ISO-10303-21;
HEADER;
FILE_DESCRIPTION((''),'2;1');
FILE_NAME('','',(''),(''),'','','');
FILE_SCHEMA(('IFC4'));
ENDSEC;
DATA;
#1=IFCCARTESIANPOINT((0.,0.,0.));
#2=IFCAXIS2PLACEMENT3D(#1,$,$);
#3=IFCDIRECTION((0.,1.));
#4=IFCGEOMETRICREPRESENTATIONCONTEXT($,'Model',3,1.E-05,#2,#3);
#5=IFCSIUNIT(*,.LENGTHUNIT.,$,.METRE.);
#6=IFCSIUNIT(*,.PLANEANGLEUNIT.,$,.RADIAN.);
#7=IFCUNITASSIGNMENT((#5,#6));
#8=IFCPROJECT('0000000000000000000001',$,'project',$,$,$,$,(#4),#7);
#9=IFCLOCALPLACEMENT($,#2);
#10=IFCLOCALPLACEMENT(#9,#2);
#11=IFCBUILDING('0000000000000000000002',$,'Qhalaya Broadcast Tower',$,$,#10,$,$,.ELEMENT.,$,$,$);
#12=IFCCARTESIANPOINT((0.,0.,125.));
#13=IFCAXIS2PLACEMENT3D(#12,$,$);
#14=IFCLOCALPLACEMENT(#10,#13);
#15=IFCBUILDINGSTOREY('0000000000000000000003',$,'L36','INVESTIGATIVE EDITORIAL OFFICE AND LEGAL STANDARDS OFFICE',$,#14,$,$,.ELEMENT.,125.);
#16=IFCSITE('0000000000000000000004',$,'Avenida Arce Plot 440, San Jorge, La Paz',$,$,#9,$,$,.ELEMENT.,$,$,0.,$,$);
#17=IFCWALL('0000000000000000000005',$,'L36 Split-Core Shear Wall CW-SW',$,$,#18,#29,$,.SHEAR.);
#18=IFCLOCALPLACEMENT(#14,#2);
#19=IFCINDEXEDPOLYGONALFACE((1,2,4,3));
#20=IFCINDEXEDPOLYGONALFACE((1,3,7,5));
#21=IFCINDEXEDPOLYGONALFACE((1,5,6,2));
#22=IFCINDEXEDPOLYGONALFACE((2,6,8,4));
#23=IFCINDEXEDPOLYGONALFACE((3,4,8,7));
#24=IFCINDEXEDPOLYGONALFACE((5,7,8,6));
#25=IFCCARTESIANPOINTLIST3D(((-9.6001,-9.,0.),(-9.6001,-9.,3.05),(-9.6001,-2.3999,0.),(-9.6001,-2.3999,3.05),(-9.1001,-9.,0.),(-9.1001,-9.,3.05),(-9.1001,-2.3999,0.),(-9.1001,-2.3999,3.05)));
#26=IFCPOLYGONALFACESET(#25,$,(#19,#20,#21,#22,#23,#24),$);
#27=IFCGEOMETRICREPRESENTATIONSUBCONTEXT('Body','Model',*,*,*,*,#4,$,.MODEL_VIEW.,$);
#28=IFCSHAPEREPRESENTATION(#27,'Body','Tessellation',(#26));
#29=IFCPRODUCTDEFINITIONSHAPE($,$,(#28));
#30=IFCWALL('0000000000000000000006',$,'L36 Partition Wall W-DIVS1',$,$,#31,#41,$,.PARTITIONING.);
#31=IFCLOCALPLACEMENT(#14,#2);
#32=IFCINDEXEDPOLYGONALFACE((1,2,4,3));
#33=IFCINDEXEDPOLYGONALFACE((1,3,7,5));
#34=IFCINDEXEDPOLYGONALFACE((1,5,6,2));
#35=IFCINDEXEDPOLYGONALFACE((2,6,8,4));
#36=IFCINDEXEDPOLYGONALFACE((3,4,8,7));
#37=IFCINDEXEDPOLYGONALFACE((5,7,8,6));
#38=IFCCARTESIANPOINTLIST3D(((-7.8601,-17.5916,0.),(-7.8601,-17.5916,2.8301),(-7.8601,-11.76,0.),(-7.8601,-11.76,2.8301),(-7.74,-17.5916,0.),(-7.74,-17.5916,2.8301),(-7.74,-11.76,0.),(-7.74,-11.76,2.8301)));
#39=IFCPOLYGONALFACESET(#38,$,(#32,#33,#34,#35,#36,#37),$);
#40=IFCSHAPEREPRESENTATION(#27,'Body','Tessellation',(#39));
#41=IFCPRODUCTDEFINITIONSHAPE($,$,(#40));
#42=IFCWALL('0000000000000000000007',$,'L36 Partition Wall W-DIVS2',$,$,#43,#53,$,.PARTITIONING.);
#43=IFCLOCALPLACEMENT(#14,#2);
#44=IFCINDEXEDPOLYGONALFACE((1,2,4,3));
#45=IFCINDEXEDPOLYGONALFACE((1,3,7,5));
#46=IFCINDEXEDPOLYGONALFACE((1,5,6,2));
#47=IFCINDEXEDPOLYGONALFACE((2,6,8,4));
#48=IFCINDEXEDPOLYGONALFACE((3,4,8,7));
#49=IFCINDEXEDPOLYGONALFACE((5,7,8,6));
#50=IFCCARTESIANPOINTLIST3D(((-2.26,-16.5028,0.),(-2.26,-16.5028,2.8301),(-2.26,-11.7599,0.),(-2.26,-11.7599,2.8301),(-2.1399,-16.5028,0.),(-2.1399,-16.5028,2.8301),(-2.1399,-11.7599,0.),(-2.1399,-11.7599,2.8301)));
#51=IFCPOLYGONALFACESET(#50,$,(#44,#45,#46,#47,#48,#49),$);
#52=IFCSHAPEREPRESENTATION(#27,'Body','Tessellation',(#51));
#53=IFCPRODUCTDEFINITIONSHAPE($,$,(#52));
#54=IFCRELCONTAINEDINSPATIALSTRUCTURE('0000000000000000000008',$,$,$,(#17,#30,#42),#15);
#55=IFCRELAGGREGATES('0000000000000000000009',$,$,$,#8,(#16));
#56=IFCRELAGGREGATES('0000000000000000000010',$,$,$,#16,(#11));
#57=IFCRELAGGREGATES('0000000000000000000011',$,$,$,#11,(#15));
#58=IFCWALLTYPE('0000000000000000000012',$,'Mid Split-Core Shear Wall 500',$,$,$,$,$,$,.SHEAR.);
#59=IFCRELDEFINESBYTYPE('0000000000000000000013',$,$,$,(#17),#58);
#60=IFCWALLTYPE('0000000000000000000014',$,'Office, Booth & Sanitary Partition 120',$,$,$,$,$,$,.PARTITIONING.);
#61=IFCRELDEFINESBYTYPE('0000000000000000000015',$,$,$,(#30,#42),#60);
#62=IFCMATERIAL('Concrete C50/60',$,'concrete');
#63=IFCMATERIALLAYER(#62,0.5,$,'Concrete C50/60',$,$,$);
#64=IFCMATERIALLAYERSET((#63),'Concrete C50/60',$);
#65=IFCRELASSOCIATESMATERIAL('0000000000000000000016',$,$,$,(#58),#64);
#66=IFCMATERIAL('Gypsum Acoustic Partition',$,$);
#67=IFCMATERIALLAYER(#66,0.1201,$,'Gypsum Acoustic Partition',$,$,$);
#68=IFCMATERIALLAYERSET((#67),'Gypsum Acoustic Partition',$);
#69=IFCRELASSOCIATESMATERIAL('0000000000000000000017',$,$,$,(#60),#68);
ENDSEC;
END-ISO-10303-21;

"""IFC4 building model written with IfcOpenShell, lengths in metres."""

from ifc_helpers import new_model, si_unit, direction, frame, frame_2d, origin, place, context, subcontext, project, spatial, rectangle, extrude, material, layer, layer_set, type_object, element, save


model = new_model("IFC4")

# Units and contexts
model_context = context("Model", 3, precision=1e-05, world=origin(), true_north=direction((0.0, 1.0)))
body_context = subcontext(model_context, "Body", "Model", "MODEL_VIEW")
ifc_project = project(units=[si_unit("LENGTHUNIT", "METRE"), si_unit("PLANEANGLEUNIT", "RADIAN")], contexts=[model_context])

# Site, building, storey
site_placement = place(None, origin())
site = spatial("IfcSite", under=ifc_project, at=site_placement, Name="Avenida Arce Plot 440, San Jorge, La Paz", CompositionType="ELEMENT", RefElevation=0.0)
building_placement = place(site_placement, origin())
building = spatial("IfcBuilding", under=site, at=building_placement, Name="Qhalaya Broadcast Tower", CompositionType="ELEMENT")
storey_placement = place(building_placement, frame((0.0, 0.0, 125.0)))
storey = spatial("IfcBuildingStorey", under=building, at=storey_placement, Name="L36", Description="INVESTIGATIVE EDITORIAL OFFICE AND LEGAL STANDARDS OFFICE", CompositionType="ELEMENT", Elevation=125.0)

# Shared definitions
ifc_material_1 = material(Name="Concrete C50/60", Category="concrete")

# Shared definitions
ifc_material_2 = material(Name="Gypsum Acoustic Partition")

# Walls
ifc_layer_1 = layer(ifc_material_1, 0.5, Name="Concrete C50/60")
ifc_layer_set_1 = layer_set([ifc_layer_1], Name="Concrete C50/60")
wall_type_1 = type_object("IfcWallType", Name="Mid Split-Core Shear Wall 500", PredefinedType="SHEAR", material=ifc_layer_set_1)
wall_1_placement = place(storey_placement, frame((-9.3501, -9.0, 0.0), z_axis=(0.0, 0.0, 1.0), x_axis=(0.0, 1.0, 0.0)))
element("IfcWall", 1, at=wall_1_placement, inside=storey, type_object=wall_type_1, Name="L36 Split-Core Shear Wall CW-SW", PredefinedType="SHEAR", context=body_context, shape_type="SweptSolid", body=[
    extrude(rectangle(XDim=6.6001, YDim=0.5, at=frame_2d((3.3, 0.0))), origin(), (0.0, 0.0, 1.0), 3.05),
])
ifc_layer_2 = layer(ifc_material_2, 0.1201, Name="Gypsum Acoustic Partition")
ifc_layer_set_2 = layer_set([ifc_layer_2], Name="Gypsum Acoustic Partition")
wall_type_2 = type_object("IfcWallType", Name="Office, Booth & Sanitary Partition 120", PredefinedType="PARTITIONING", material=ifc_layer_set_2)
wall_2_placement = place(storey_placement, frame((-7.8, -17.5916, 0.0), z_axis=(0.0, 0.0, 1.0), x_axis=(0.0, 1.0, 0.0)))
element("IfcWall", 2, at=wall_2_placement, inside=storey, type_object=wall_type_2, Name="L36 Partition Wall W-DIVS1", PredefinedType="PARTITIONING", context=body_context, shape_type="SweptSolid", body=[
    extrude(rectangle(XDim=5.8315, YDim=0.1201, at=frame_2d((2.9158, 0.0))), origin(), (0.0, 0.0, 1.0), 2.8301),
])
wall_3_placement = place(storey_placement, frame((-2.2, -16.5029, 0.0), z_axis=(0.0, 0.0, 1.0), x_axis=(0.0, 1.0, 0.0)))
element("IfcWall", 3, at=wall_3_placement, inside=storey, type_object=wall_type_2, Name="L36 Partition Wall W-DIVS2", PredefinedType="PARTITIONING", context=body_context, shape_type="SweptSolid", body=[
    extrude(rectangle(XDim=4.7429, YDim=0.1201, at=frame_2d((2.3716, 0.0))), origin(), (0.0, 0.0, 1.0), 2.8301),
])

save(model, "model.ifc")
